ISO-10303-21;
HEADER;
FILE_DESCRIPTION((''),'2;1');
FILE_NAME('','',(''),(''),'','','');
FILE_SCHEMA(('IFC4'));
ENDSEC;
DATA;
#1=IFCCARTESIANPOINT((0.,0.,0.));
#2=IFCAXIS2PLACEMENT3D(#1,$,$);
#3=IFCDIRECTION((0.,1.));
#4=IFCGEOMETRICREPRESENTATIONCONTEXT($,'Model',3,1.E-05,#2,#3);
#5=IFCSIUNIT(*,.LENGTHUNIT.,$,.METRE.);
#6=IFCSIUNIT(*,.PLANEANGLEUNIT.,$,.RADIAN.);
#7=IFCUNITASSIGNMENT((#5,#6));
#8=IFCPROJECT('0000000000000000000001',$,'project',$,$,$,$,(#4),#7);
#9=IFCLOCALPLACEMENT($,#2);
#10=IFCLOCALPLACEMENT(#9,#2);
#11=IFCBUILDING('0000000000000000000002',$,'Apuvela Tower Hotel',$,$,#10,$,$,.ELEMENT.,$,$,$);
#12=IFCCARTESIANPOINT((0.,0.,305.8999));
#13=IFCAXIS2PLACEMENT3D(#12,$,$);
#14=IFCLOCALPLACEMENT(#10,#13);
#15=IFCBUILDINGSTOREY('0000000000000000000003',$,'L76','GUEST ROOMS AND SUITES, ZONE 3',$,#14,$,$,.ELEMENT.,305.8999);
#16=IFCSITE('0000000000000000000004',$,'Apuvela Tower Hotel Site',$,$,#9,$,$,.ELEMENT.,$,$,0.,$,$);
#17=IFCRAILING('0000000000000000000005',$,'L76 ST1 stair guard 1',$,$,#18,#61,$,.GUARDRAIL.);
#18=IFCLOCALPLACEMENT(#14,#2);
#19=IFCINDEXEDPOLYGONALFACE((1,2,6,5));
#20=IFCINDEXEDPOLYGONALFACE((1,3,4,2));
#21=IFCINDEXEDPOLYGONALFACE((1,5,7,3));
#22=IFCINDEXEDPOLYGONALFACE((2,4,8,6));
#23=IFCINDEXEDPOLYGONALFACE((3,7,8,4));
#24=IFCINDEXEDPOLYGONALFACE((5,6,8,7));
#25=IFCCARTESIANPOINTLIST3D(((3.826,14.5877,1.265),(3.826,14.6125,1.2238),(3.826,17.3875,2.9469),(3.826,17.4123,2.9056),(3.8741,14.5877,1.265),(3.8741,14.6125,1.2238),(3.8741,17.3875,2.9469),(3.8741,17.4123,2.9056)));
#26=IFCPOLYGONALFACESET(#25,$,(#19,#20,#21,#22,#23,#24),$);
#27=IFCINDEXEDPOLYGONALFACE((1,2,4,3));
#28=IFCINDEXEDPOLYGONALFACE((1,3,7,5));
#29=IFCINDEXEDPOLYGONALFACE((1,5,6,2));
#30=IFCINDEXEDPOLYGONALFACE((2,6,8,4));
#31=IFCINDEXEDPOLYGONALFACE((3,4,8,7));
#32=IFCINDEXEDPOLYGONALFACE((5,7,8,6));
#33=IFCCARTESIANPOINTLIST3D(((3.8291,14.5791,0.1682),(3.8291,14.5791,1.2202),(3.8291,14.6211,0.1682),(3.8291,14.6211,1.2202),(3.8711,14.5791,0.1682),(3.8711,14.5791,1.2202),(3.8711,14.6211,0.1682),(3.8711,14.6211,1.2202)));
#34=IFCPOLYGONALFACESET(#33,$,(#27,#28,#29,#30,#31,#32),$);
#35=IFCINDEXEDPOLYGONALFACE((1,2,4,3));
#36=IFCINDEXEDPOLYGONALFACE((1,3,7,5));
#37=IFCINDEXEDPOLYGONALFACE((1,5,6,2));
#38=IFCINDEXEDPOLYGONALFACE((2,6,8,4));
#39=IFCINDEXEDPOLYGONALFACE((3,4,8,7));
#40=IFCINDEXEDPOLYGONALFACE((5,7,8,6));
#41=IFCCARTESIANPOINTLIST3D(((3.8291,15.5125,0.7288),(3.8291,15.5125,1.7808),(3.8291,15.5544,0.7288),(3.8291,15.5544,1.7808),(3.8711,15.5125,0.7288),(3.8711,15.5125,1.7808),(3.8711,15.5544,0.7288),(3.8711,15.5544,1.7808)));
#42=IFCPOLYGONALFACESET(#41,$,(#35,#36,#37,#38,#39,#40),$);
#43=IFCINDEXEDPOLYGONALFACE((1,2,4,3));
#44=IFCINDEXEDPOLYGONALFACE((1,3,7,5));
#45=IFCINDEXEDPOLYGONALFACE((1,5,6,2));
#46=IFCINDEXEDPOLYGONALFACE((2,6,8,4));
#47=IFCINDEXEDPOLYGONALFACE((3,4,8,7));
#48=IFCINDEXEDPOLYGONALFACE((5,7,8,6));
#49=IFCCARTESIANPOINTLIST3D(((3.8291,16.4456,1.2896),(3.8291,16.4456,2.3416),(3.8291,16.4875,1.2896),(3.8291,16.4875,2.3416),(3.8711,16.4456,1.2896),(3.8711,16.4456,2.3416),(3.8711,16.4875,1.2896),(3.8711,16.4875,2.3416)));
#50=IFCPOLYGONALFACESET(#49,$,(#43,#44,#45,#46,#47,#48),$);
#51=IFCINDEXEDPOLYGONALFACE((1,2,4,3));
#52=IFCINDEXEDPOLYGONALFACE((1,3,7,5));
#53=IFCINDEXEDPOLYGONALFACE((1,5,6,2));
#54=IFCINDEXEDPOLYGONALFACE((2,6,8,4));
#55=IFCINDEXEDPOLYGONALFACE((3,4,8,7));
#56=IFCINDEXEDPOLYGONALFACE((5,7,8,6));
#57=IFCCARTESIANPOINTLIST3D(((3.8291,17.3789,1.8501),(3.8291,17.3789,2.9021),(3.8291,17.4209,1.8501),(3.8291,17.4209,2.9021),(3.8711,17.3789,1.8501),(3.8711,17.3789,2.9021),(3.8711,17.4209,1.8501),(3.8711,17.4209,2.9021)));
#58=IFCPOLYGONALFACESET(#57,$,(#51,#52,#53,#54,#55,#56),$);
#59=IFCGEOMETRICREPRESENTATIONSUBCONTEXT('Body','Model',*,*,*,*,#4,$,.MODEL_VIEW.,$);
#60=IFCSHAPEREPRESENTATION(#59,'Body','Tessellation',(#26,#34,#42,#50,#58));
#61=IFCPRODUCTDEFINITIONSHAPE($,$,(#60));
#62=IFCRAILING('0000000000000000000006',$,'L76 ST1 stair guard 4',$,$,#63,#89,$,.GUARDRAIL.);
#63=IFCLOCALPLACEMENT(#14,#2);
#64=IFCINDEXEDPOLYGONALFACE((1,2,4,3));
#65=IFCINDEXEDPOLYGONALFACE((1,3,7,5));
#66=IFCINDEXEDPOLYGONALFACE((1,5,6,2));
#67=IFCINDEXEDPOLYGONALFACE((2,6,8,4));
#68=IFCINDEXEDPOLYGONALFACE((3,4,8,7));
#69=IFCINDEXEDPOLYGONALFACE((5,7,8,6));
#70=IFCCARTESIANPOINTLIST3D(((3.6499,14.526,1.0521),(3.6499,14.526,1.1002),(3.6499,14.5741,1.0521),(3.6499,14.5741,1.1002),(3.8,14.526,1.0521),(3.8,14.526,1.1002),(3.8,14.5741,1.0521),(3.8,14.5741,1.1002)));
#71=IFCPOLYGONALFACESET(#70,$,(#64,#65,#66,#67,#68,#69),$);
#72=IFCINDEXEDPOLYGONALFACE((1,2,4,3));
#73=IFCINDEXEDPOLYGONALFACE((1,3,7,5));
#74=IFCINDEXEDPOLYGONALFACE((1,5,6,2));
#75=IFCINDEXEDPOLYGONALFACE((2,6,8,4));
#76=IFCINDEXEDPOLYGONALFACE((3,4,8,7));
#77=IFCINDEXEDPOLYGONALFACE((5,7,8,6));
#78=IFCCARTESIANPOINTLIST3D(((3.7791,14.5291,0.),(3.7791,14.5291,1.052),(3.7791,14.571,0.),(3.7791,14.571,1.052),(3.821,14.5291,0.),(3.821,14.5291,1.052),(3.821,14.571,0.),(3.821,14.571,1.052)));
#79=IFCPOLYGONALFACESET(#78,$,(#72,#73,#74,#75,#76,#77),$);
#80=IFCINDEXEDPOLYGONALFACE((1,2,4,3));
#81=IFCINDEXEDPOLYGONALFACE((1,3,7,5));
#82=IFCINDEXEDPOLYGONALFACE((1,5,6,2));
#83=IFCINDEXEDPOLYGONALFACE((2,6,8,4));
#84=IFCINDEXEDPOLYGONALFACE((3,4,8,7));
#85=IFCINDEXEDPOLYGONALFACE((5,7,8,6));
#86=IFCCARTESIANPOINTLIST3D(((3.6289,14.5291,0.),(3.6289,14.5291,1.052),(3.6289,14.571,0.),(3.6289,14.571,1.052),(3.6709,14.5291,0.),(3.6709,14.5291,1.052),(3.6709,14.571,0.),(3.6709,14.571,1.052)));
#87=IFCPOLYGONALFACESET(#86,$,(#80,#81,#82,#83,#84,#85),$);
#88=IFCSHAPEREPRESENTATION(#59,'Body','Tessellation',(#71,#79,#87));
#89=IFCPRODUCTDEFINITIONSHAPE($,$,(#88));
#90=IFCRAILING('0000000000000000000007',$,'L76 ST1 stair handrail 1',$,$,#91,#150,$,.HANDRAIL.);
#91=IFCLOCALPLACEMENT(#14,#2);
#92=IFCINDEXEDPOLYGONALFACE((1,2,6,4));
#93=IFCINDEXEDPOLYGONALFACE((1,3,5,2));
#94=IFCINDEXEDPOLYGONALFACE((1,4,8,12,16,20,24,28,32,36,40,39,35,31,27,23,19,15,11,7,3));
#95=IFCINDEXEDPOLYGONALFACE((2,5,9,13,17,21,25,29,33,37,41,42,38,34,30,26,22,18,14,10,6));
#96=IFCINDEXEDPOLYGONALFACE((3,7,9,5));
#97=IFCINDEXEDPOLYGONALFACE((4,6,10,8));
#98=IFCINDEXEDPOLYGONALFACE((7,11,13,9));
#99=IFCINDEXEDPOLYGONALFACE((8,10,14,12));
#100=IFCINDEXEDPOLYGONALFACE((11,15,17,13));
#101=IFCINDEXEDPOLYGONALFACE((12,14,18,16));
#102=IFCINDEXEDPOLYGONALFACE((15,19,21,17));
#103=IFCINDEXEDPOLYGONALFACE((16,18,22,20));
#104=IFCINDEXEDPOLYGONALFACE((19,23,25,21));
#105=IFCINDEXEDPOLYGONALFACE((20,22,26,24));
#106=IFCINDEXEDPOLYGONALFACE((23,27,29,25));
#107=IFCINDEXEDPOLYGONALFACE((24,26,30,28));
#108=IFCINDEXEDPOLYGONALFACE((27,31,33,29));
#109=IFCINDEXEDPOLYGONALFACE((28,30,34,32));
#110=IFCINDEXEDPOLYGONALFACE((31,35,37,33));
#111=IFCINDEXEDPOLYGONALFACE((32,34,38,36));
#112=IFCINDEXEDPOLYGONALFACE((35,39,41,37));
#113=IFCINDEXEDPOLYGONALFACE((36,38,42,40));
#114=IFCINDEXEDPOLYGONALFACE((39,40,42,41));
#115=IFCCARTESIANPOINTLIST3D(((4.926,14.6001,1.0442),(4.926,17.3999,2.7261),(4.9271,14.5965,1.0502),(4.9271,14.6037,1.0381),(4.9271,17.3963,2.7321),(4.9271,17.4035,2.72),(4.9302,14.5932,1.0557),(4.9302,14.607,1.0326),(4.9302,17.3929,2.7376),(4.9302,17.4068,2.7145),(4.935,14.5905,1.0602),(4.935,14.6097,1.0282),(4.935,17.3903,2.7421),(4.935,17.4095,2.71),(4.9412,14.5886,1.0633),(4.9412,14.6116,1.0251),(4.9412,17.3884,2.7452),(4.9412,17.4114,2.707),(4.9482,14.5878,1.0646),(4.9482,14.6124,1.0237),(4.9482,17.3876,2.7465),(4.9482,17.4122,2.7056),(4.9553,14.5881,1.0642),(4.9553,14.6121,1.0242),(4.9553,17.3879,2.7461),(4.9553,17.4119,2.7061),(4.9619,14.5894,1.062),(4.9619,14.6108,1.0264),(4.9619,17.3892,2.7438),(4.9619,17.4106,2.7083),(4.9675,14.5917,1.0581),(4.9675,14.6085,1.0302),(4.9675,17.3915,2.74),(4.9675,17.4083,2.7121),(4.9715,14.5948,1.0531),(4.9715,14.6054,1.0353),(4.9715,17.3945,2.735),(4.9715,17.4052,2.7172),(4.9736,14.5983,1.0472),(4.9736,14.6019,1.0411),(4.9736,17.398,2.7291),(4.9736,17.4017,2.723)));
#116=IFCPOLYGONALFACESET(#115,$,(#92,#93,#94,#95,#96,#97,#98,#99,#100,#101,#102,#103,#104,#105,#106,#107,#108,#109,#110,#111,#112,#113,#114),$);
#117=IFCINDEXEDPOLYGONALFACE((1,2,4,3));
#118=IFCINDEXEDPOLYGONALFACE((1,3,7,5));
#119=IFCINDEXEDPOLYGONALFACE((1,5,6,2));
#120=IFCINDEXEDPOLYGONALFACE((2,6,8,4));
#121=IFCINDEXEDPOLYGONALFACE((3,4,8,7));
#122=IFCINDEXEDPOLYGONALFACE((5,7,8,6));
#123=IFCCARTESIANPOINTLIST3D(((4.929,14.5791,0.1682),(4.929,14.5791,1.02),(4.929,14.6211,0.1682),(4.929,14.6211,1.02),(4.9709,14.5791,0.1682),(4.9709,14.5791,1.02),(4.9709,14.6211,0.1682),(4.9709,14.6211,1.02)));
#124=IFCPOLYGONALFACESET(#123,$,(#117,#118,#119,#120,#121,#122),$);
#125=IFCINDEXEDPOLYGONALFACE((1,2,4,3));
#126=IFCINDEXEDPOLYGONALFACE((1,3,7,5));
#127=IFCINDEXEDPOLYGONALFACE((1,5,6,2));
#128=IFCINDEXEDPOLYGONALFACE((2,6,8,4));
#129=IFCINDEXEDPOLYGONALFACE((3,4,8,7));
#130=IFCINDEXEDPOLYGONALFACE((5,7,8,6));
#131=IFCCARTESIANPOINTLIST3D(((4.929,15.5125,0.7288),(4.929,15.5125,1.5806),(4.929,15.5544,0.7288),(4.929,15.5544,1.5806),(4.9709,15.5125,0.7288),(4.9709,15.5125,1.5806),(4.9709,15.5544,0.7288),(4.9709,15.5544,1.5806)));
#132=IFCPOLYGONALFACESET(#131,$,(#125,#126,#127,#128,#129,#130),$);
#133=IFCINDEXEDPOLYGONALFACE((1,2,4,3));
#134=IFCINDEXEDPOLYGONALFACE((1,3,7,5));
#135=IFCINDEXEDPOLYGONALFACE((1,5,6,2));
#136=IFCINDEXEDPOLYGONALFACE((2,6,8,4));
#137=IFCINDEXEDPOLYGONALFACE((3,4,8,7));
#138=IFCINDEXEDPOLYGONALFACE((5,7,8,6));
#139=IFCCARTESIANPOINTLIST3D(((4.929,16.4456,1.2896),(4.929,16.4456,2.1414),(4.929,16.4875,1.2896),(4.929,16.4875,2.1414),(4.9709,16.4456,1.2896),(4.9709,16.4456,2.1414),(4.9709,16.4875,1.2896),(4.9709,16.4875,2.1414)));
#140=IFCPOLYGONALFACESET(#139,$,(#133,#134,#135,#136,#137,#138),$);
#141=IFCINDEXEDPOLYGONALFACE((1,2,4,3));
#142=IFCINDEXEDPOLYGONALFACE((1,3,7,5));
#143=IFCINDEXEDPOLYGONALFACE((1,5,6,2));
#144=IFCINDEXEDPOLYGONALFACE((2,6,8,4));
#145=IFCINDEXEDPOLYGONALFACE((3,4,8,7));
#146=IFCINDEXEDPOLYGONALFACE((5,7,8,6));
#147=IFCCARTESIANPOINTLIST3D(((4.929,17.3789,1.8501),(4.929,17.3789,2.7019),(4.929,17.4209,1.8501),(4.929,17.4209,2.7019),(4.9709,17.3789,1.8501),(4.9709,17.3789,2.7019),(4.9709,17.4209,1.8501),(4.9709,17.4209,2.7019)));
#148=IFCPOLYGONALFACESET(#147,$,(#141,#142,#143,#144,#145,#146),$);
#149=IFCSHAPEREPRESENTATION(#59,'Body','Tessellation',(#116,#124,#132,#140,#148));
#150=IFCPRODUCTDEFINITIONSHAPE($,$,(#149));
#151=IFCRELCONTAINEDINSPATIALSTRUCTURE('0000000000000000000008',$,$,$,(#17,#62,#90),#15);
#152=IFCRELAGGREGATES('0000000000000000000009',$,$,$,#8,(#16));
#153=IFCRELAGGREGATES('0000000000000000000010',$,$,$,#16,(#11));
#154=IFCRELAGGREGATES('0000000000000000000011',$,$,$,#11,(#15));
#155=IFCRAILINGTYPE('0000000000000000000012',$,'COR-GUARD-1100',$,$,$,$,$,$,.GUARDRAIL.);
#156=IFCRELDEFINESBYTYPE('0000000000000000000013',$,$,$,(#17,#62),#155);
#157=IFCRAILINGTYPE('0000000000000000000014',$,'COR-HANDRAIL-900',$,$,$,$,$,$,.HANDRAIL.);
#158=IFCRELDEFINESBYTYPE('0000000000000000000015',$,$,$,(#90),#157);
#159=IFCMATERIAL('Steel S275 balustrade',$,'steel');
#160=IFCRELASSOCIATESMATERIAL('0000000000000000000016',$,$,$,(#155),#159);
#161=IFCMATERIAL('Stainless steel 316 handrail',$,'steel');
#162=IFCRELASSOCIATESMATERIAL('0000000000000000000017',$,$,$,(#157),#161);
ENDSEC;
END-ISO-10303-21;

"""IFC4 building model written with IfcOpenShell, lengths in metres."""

from ifc_helpers import new_model, si_unit, direction, frame, origin, origin_2d, place, context, subcontext, project, spatial, rectangle, circle, extrude, material, type_object, element, save


model = new_model("IFC4")

# Units and contexts
model_context = context("Model", 3, precision=1e-05, world=origin(), true_north=direction((0.0, 1.0)))
body_context = subcontext(model_context, "Body", "Model", "MODEL_VIEW")
ifc_project = project(units=[si_unit("LENGTHUNIT", "METRE"), si_unit("PLANEANGLEUNIT", "RADIAN")], contexts=[model_context])

# Site, building, storey
site_placement = place(None, origin())
site = spatial("IfcSite", under=ifc_project, at=site_placement, Name="Apuvela Tower Hotel Site", CompositionType="ELEMENT", RefElevation=0.0)
building_placement = place(site_placement, origin())
building = spatial("IfcBuilding", under=site, at=building_placement, Name="Apuvela Tower Hotel", CompositionType="ELEMENT")
storey_placement = place(building_placement, frame((0.0, 0.0, 305.8999)))
storey = spatial("IfcBuildingStorey", under=building, at=storey_placement, Name="L76", Description="GUEST ROOMS AND SUITES, ZONE 3", CompositionType="ELEMENT", Elevation=305.8999)

# Railings
ifc_material_1 = material(Name="Steel S275 balustrade", Category="steel")
railing_type_1 = type_object("IfcRailingType", Name="COR-GUARD-1100", PredefinedType="GUARDRAIL", material=ifc_material_1)
railing_1_placement = place(storey_placement, frame((3.8501, 14.6001, 0.1682)))
element("IfcRailing", 1, at=railing_1_placement, inside=storey, type_object=railing_type_1, Name="L76 ST1 stair guard 1", PredefinedType="GUARDRAIL", context=body_context, shape_type="SweptSolid", body=[
    extrude(rectangle(XDim=0.0481, YDim=0.0481, at=origin_2d()), frame((0.0, 0.0, 1.0762), z_axis=(0.0, 0.857222, 0.514946), x_axis=(-1.0, 0.0, 0.0)), (0.0, 0.0, 1.0), 3.2661),
    extrude(rectangle(XDim=0.042, YDim=0.042, at=origin_2d()), origin(), (0.0, 0.0, 1.0), 1.052),
    extrude(rectangle(XDim=0.042, YDim=0.042, at=origin_2d()), frame((0.0, 0.9333, 0.5605)), (0.0, 0.0, 1.0), 1.052),
    extrude(rectangle(XDim=0.042, YDim=0.042, at=origin_2d()), frame((0.0, 1.8665, 1.1213)), (0.0, 0.0, 1.0), 1.052),
    extrude(rectangle(XDim=0.042, YDim=0.042, at=origin_2d()), frame((0.0, 2.7998, 1.6819)), (0.0, 0.0, 1.0), 1.052),
])
railing_2_placement = place(storey_placement, frame((3.8, 14.55, 0.0)))
element("IfcRailing", 2, at=railing_2_placement, inside=storey, type_object=railing_type_1, Name="L76 ST1 stair guard 4", PredefinedType="GUARDRAIL", context=body_context, shape_type="SweptSolid", body=[
    extrude(rectangle(XDim=0.0481, YDim=0.0481, at=origin_2d()), frame((0.0, 0.0, 1.0762), z_axis=(-1.0, 0.0, 0.0), x_axis=(0.0, -1.0, 0.0)), (0.0, 0.0, 1.0), 0.1501),
    extrude(rectangle(XDim=0.042, YDim=0.042, at=origin_2d()), origin(), (0.0, 0.0, 1.0), 1.052),
    extrude(rectangle(XDim=0.042, YDim=0.042, at=origin_2d()), frame((-0.1501, 0.0, 0.0)), (0.0, 0.0, 1.0), 1.052),
])
ifc_material_2 = material(Name="Stainless steel 316 handrail", Category="steel")
railing_type_2 = type_object("IfcRailingType", Name="COR-HANDRAIL-900", PredefinedType="HANDRAIL", material=ifc_material_2)
railing_3_placement = place(storey_placement, frame((4.95, 14.6001, 0.1682)))
element("IfcRailing", 3, at=railing_3_placement, inside=storey, type_object=railing_type_2, Name="L76 ST1 stair handrail 1", PredefinedType="HANDRAIL", context=body_context, shape_type="SweptSolid", body=[
    extrude(circle(Radius=0.0239, at=origin_2d()), frame((0.0, 0.0, 0.876), z_axis=(0.0, 0.857222, 0.514946), x_axis=(-1.0, 0.0, 0.0)), (0.0, 0.0, 1.0), 3.2661),
    extrude(rectangle(XDim=0.042, YDim=0.042, at=origin_2d()), origin(), (0.0, 0.0, 1.0), 0.8518),
    extrude(rectangle(XDim=0.042, YDim=0.042, at=origin_2d()), frame((0.0, 0.9333, 0.5605)), (0.0, 0.0, 1.0), 0.8518),
    extrude(rectangle(XDim=0.042, YDim=0.042, at=origin_2d()), frame((0.0, 1.8665, 1.1213)), (0.0, 0.0, 1.0), 0.8518),
    extrude(rectangle(XDim=0.042, YDim=0.042, at=origin_2d()), frame((0.0, 2.7998, 1.6819)), (0.0, 0.0, 1.0), 0.8518),
])

save(model, "model.ifc")
